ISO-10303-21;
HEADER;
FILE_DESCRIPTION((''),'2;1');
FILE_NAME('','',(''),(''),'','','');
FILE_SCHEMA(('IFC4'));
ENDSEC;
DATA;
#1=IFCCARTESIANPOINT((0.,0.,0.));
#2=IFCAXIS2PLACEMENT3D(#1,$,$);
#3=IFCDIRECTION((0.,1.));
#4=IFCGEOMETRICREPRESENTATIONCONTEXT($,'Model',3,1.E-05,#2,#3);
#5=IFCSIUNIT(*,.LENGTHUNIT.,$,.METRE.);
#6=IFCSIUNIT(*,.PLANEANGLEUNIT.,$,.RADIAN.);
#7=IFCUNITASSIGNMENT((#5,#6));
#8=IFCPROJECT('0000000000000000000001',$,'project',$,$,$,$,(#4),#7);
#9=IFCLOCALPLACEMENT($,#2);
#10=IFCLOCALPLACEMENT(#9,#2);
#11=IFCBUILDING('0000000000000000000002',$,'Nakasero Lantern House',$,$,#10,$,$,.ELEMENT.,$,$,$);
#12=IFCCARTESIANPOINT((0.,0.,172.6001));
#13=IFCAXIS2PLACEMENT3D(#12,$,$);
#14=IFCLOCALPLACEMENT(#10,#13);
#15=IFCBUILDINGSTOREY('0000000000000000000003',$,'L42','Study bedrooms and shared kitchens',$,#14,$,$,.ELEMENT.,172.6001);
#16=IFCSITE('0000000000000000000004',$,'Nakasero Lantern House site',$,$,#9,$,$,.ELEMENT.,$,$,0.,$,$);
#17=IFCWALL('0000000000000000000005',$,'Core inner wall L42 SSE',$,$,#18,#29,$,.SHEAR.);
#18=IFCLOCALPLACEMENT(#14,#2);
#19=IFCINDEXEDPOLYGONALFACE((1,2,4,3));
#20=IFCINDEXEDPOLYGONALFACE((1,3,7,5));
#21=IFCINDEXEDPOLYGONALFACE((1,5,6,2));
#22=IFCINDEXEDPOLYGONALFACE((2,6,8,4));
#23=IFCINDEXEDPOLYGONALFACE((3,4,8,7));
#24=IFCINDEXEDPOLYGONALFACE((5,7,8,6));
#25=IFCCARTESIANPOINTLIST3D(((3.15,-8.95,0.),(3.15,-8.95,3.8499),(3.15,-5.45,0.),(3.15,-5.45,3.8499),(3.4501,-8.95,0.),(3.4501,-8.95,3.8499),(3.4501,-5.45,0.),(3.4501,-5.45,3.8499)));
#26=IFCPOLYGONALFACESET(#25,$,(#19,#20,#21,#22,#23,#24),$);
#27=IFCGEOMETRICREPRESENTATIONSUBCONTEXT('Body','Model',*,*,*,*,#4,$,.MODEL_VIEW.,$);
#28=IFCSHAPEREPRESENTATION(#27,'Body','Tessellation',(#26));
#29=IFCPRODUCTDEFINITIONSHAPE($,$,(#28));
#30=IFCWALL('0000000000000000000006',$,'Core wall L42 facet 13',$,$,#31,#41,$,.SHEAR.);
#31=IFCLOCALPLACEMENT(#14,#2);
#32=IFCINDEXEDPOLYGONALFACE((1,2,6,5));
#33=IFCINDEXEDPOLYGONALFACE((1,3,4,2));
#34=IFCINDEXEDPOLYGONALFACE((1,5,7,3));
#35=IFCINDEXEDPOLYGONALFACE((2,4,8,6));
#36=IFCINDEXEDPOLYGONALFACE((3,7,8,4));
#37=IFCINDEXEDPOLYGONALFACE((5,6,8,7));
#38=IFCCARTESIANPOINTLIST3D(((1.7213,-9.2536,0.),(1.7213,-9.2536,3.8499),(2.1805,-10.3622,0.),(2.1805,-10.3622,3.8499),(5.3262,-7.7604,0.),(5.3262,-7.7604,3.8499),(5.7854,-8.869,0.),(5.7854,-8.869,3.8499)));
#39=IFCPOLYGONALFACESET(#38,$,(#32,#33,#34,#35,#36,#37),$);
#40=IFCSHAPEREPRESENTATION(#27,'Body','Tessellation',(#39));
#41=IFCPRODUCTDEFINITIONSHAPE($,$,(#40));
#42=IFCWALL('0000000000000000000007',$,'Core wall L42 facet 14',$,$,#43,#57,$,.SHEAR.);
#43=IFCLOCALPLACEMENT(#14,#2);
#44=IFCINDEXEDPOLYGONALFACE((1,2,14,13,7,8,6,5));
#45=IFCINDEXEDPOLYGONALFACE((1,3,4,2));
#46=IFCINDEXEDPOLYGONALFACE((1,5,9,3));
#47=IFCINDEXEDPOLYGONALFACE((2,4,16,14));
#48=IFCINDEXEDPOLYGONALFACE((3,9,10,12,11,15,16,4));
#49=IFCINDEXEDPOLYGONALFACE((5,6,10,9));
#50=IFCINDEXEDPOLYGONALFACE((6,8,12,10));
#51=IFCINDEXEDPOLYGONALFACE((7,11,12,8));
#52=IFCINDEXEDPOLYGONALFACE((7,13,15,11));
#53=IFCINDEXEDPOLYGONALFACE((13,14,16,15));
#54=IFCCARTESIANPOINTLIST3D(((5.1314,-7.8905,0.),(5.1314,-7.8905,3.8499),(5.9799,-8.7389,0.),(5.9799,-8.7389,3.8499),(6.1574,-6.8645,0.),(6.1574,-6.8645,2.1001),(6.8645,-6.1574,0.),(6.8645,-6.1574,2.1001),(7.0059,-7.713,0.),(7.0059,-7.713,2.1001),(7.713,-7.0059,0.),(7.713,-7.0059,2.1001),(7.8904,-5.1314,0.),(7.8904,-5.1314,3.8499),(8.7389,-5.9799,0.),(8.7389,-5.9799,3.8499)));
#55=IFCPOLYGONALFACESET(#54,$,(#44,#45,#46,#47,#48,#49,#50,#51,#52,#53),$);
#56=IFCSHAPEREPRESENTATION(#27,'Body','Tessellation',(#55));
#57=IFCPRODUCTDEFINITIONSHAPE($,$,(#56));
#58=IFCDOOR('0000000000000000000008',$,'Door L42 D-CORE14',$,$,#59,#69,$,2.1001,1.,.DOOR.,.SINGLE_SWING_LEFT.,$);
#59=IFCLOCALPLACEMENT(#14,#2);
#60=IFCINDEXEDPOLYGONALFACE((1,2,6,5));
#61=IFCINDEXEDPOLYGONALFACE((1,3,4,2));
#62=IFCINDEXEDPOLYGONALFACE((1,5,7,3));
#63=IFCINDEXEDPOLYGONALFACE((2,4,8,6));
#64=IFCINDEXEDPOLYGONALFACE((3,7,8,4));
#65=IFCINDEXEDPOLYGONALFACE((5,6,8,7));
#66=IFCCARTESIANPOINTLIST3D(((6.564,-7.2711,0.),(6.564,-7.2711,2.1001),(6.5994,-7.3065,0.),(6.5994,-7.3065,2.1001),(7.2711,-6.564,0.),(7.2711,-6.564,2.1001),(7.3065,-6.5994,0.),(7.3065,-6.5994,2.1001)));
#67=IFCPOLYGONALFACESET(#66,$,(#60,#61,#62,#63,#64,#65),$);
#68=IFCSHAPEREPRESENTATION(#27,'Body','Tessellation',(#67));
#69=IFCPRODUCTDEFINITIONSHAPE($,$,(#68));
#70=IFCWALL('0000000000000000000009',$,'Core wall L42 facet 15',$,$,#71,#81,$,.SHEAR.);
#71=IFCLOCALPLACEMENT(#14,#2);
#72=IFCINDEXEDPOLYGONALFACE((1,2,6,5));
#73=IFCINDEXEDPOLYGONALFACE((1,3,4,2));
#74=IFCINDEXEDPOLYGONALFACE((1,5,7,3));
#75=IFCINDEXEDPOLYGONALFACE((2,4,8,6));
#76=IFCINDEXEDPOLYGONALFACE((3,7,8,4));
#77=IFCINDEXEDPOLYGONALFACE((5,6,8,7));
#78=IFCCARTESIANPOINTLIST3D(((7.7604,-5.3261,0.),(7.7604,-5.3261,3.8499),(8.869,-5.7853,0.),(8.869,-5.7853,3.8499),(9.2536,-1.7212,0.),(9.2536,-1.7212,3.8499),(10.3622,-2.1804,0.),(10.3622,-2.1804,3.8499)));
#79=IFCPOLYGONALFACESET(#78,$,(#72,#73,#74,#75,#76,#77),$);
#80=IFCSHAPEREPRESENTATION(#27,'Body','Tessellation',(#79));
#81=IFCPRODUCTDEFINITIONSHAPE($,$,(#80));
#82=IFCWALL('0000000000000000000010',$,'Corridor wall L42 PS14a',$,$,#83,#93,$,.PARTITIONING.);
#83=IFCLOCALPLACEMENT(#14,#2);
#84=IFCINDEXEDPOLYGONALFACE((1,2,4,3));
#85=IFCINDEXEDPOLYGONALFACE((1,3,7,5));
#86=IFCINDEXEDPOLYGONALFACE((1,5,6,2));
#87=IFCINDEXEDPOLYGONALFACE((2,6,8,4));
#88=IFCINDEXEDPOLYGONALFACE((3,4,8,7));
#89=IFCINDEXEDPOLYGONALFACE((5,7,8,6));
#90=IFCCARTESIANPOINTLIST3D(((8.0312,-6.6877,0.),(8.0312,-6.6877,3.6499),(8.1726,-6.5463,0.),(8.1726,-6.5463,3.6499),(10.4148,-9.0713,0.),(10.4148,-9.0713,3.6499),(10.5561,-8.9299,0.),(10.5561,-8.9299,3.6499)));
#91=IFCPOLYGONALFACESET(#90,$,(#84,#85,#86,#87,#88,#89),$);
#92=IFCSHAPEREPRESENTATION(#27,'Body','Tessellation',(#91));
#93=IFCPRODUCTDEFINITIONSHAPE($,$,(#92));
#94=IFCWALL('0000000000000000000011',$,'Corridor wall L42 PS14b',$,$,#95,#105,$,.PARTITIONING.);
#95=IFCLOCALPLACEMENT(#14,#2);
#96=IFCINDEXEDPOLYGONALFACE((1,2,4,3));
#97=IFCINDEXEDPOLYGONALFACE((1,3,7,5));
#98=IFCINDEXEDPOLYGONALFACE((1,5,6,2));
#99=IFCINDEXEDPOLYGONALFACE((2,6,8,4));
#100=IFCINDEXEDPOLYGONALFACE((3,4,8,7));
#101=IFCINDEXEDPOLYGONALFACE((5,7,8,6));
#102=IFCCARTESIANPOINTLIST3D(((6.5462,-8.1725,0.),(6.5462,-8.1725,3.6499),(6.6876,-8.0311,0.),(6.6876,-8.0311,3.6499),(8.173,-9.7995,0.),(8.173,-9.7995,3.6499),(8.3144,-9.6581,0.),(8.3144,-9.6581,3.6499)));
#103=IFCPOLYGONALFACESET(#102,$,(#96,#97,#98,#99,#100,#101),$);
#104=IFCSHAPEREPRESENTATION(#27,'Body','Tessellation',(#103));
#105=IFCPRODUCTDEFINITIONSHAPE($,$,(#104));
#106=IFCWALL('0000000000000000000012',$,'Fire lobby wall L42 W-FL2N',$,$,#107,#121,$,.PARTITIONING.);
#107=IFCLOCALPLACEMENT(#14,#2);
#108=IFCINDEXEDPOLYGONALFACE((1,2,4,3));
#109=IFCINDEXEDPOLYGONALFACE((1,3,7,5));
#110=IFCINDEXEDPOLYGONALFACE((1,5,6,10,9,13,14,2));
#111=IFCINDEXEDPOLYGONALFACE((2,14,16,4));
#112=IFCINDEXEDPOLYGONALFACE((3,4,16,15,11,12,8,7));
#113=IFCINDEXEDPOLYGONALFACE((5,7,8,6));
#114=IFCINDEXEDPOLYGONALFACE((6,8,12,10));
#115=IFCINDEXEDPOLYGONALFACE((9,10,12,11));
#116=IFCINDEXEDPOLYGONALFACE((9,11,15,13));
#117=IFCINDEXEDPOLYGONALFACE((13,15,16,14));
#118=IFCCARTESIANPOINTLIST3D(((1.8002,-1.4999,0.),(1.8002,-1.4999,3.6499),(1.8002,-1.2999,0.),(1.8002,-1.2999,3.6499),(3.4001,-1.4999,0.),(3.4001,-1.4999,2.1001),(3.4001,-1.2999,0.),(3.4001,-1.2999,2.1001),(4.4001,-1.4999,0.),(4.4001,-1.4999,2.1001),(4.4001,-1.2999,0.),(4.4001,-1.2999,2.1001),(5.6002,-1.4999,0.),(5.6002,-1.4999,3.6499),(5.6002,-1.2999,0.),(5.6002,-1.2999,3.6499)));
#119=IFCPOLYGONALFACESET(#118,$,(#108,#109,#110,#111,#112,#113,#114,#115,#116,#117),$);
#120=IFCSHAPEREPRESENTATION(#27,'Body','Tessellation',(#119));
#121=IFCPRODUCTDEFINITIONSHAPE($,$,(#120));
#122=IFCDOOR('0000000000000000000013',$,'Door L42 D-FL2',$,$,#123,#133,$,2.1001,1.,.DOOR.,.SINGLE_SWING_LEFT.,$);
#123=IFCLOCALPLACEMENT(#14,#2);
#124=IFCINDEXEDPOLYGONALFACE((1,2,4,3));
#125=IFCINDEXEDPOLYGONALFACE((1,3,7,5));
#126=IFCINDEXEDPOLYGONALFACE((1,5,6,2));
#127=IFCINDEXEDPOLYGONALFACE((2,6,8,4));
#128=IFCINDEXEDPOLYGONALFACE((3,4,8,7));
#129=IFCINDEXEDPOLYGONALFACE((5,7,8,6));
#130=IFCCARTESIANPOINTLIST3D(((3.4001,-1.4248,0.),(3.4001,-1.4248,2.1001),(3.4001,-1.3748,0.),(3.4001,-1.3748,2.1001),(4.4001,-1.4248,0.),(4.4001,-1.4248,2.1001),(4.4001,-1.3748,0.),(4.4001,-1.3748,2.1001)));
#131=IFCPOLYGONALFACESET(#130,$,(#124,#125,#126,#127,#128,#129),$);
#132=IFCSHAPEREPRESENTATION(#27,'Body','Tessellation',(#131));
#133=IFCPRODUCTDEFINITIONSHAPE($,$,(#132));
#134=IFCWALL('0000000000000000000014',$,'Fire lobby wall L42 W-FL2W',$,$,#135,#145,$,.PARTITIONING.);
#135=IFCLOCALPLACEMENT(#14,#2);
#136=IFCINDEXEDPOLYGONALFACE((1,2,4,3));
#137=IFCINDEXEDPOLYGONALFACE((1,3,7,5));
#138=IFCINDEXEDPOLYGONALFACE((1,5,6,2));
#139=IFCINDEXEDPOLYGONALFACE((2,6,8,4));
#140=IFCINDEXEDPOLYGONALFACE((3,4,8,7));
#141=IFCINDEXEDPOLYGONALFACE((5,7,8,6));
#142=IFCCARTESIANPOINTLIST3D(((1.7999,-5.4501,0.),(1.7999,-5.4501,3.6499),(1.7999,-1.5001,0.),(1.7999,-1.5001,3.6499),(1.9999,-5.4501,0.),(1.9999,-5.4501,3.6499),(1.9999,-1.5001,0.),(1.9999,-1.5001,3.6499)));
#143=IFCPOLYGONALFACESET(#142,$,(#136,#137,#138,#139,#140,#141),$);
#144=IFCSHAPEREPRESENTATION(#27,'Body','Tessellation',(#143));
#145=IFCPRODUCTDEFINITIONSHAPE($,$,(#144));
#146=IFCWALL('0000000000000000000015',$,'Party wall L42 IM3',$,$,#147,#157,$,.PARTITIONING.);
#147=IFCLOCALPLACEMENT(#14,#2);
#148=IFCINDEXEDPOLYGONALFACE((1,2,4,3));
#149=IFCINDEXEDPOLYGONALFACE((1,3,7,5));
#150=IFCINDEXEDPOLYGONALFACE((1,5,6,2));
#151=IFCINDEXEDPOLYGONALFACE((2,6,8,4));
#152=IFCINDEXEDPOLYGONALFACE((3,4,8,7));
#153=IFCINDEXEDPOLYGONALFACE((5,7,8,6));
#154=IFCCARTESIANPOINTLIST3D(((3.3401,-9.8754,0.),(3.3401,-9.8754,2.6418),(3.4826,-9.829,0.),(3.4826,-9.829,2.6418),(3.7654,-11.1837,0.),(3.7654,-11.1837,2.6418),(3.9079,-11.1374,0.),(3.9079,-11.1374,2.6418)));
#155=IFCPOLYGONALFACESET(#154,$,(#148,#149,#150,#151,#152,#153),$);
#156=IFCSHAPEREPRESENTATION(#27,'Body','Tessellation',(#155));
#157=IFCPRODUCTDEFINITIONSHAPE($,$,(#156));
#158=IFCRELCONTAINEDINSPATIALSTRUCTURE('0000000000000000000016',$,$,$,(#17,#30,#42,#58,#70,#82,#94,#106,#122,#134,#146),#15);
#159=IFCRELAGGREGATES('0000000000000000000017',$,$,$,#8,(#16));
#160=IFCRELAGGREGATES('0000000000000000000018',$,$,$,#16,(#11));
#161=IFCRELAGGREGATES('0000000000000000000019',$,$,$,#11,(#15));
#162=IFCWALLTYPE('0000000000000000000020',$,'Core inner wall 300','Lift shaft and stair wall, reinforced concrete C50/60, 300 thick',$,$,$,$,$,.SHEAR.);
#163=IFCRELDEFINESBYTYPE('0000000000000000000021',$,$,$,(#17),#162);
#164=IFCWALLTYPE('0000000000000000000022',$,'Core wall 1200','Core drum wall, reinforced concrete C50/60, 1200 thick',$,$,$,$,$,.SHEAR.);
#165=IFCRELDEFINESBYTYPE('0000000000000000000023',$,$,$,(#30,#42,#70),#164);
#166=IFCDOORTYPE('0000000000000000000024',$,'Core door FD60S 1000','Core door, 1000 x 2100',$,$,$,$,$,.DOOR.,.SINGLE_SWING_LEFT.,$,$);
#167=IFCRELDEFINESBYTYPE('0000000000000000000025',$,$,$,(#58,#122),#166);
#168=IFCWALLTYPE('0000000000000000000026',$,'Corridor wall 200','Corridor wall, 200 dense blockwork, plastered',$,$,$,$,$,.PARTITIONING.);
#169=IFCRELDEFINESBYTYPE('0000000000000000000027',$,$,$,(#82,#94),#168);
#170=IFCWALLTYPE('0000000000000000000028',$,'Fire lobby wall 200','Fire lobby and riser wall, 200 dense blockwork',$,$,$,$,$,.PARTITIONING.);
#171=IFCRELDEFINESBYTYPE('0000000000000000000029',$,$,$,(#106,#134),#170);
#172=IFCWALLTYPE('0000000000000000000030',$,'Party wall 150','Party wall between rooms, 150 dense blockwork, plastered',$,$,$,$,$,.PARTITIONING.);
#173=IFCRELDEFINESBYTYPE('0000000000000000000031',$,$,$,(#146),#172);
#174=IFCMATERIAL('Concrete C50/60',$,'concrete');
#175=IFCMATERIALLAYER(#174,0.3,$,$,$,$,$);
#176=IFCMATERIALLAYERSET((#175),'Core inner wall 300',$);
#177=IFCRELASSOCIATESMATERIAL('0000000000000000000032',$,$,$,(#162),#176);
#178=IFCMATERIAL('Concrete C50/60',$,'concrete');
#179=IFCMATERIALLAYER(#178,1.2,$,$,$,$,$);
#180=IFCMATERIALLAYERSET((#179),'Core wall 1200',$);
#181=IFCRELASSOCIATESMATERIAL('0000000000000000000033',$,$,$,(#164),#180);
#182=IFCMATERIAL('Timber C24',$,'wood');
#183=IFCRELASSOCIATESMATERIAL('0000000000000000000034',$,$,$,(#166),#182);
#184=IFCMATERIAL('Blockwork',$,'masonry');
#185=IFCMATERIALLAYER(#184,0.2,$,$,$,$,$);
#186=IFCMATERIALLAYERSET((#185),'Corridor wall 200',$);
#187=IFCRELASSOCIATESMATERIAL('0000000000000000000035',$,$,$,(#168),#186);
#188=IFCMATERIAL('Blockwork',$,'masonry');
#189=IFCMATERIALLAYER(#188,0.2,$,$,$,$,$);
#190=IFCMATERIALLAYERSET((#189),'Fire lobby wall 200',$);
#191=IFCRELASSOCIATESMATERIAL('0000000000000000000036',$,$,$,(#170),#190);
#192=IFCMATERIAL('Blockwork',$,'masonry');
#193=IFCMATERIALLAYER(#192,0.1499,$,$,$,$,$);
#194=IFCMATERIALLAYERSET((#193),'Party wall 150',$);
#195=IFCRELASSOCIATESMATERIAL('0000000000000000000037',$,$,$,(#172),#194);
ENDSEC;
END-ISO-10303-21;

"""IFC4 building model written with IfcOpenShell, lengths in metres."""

from ifc_helpers import new_model, si_unit, direction, frame, frame_2d, origin, place, context, subcontext, project, spatial, rectangle, extrude, material, layer, layer_set, type_object, element, fill, save


model = new_model("IFC4")

# Units and contexts
model_context = context("Model", 3, precision=1e-05, world=origin(), true_north=direction((0.0, 1.0)))
body_context = subcontext(model_context, "Body", "Model", "MODEL_VIEW")
ifc_project = project(units=[si_unit("LENGTHUNIT", "METRE"), si_unit("PLANEANGLEUNIT", "RADIAN")], contexts=[model_context])

# Site, building, storey
site_placement = place(None, origin())
site = spatial("IfcSite", under=ifc_project, at=site_placement, Name="Nakasero Lantern House site", CompositionType="ELEMENT", RefElevation=0.0)
building_placement = place(site_placement, origin())
building = spatial("IfcBuilding", under=site, at=building_placement, Name="Nakasero Lantern House", CompositionType="ELEMENT")
storey_placement = place(building_placement, frame((0.0, 0.0, 172.6001)))
storey = spatial("IfcBuildingStorey", under=building, at=storey_placement, Name="L42", Description="Study bedrooms and shared kitchens", CompositionType="ELEMENT", Elevation=172.6001)

# Shared definitions
ifc_material_1 = material(Name="Concrete C50/60", Category="concrete")
ifc_layer_1 = layer(ifc_material_1, 0.3)
ifc_layer_set_1 = layer_set([ifc_layer_1], Name="Core inner wall 300")
wall_type_1 = type_object("IfcWallType", Name="Core inner wall 300", Description="Lift shaft and stair wall, reinforced concrete C50/60, 300 thick", PredefinedType="SHEAR", material=ifc_layer_set_1)

# Walls
wall_1_placement = place(storey_placement, frame((3.3, -5.45, 0.0), z_axis=(0.0, 0.0, 1.0), x_axis=(0.0, -1.0, 0.0)))
element("IfcWall", 1, at=wall_1_placement, inside=storey, type_object=wall_type_1, Name="Core inner wall L42 SSE", PredefinedType="SHEAR", context=body_context, shape_type="SweptSolid", body=[
    extrude(rectangle(XDim=3.5, YDim=0.3, at=frame_2d((1.75, 0.0))), origin(), (0.0, 0.0, 1.0), 3.8499),
])
ifc_material_2 = material(Name="Concrete C50/60", Category="concrete")
ifc_layer_2 = layer(ifc_material_2, 1.2)
ifc_layer_set_2 = layer_set([ifc_layer_2], Name="Core wall 1200")
wall_type_2 = type_object("IfcWallType", Name="Core wall 1200", Description="Core drum wall, reinforced concrete C50/60, 1200 thick", PredefinedType="SHEAR", material=ifc_layer_set_2)
wall_2_placement = place(storey_placement, frame((1.9509, -9.8079, 0.0), z_axis=(0.0, 0.0, 1.0), x_axis=(0.923877, 0.382691, 0.0)))
element("IfcWall", 2, at=wall_2_placement, inside=storey, type_object=wall_type_2, Name="Core wall L42 facet 13", PredefinedType="SHEAR", context=body_context, shape_type="SweptSolid", body=[
    extrude(rectangle(XDim=3.9019, YDim=1.2, at=frame_2d((1.9509, 0.0))), origin(), (0.0, 0.0, 1.0), 3.8499),
])

# Wall, opening, door
wall_3_placement = place(storey_placement, frame((5.5557, -8.3147, 0.0), z_axis=(0.0, 0.0, 1.0), x_axis=(0.707107, 0.707107, 0.0)))
wall_3 = element("IfcWall", 3, at=wall_3_placement, inside=storey, type_object=wall_type_2, Name="Core wall L42 facet 14", PredefinedType="SHEAR", context=body_context, shape_type="SweptSolid", body=[
    extrude(rectangle(XDim=3.9019, YDim=1.2, at=frame_2d((1.9509, 0.0))), origin(), (0.0, 0.0, 1.0), 3.8499),
])
opening_1_placement = place(wall_3_placement, frame((1.4509, 0.0, 0.0)))
opening_1 = element("IfcOpeningElement", 4, at=opening_1_placement, cuts=wall_3, PredefinedType="OPENING", context=body_context, shape_type="SweptSolid", body=[
    extrude(rectangle(XDim=1.0, YDim=2.1001, at=frame_2d((0.5, 1.05))), frame((0.0, 0.6199, 0.0), z_axis=(0.0, -1.0, 0.0), x_axis=(1.0, 0.0, 0.0)), (0.0, 0.0, 1.0), 1.24),
])
ifc_material_3 = material(Name="Timber C24", Category="wood")
door_type_1 = type_object("IfcDoorType", Name="Core door FD60S 1000", Description="Core door, 1000 x 2100", OperationType="SINGLE_SWING_LEFT", PredefinedType="DOOR", material=ifc_material_3)
door_1_placement = place(opening_1_placement, origin())
door_1 = element("IfcDoor", 5, at=door_1_placement, inside=storey, type_object=door_type_1, Name="Door L42 D-CORE14", OperationType="SINGLE_SWING_LEFT", OverallHeight=2.1001, OverallWidth=1.0, PredefinedType="DOOR", context=body_context, shape_type="SweptSolid", body=[
    extrude(rectangle(XDim=1.0, YDim=2.1001, at=frame_2d((0.5, 1.05))), frame((0.0, 0.0249, 0.0), z_axis=(0.0, -1.0, 0.0), x_axis=(1.0, 0.0, 0.0)), (0.0, 0.0, 1.0), 0.05),
])
fill(opening_1, door_1)

# Walls
wall_4_placement = place(storey_placement, frame((8.3147, -5.5557, 0.0), z_axis=(0.0, 0.0, 1.0), x_axis=(0.382691, 0.923877, 0.0)))
element("IfcWall", 6, at=wall_4_placement, inside=storey, type_object=wall_type_2, Name="Core wall L42 facet 15", PredefinedType="SHEAR", context=body_context, shape_type="SweptSolid", body=[
    extrude(rectangle(XDim=3.9019, YDim=1.2, at=frame_2d((1.9509, 0.0))), origin(), (0.0, 0.0, 1.0), 3.8499),
])
ifc_material_4 = material(Name="Blockwork", Category="masonry")
ifc_layer_3 = layer(ifc_material_4, 0.2)
ifc_layer_set_3 = layer_set([ifc_layer_3], Name="Corridor wall 200")
wall_type_3 = type_object("IfcWallType", Name="Corridor wall 200", Description="Corridor wall, 200 dense blockwork, plastered", PredefinedType="PARTITIONING", material=ifc_layer_set_3)
wall_5_placement = place(storey_placement, frame((8.1018, -6.6169, 0.0), z_axis=(0.0, 0.0, 1.0), x_axis=(0.707107, -0.707107, 0.0)))
element("IfcWall", 7, at=wall_5_placement, inside=storey, type_object=wall_type_3, Name="Corridor wall L42 PS14a", PredefinedType="PARTITIONING", context=body_context, shape_type="SweptSolid", body=[
    extrude(rectangle(XDim=3.3708, YDim=0.2, at=frame_2d((1.6855, 0.0))), origin(), (0.0, 0.0, 1.0), 3.6499),
])
wall_6_placement = place(storey_placement, frame((6.6169, -8.1018, 0.0), z_axis=(0.0, 0.0, 1.0), x_axis=(0.707054, -0.70716, 0.0)))
element("IfcWall", 8, at=wall_6_placement, inside=storey, type_object=wall_type_3, Name="Corridor wall L42 PS14b", PredefinedType="PARTITIONING", context=body_context, shape_type="SweptSolid", body=[
    extrude(rectangle(XDim=2.3008, YDim=0.2, at=frame_2d((1.1504, 0.0))), origin(), (0.0, 0.0, 1.0), 3.6499),
])

# Wall, opening, door
ifc_material_5 = material(Name="Blockwork", Category="masonry")
ifc_layer_4 = layer(ifc_material_5, 0.2)
ifc_layer_set_4 = layer_set([ifc_layer_4], Name="Fire lobby wall 200")
wall_type_4 = type_object("IfcWallType", Name="Fire lobby wall 200", Description="Fire lobby and riser wall, 200 dense blockwork", PredefinedType="PARTITIONING", material=ifc_layer_set_4)
wall_7_placement = place(storey_placement, frame((5.6001, -1.3999, 0.0), z_axis=(0.0, 0.0, 1.0), x_axis=(-1.0, 0.0, 0.0)))
wall_7 = element("IfcWall", 9, at=wall_7_placement, inside=storey, type_object=wall_type_4, Name="Fire lobby wall L42 W-FL2N", PredefinedType="PARTITIONING", context=body_context, shape_type="SweptSolid", body=[
    extrude(rectangle(XDim=3.8, YDim=0.2, at=frame_2d((1.8999, 0.0))), origin(), (0.0, 0.0, 1.0), 3.6499),
])
opening_2_placement = place(wall_7_placement, frame((1.2, 0.0, 0.0)))
opening_2 = element("IfcOpeningElement", 10, at=opening_2_placement, cuts=wall_7, PredefinedType="OPENING", context=body_context, shape_type="SweptSolid", body=[
    extrude(rectangle(XDim=1.0, YDim=2.1001, at=frame_2d((0.5, 1.05))), frame((0.0, 0.1199, 0.0), z_axis=(0.0, -1.0, 0.0), x_axis=(1.0, 0.0, 0.0)), (0.0, 0.0, 1.0), 0.24),
])
door_2_placement = place(opening_2_placement, origin())
door_2 = element("IfcDoor", 11, at=door_2_placement, inside=storey, type_object=door_type_1, Name="Door L42 D-FL2", OperationType="SINGLE_SWING_LEFT", OverallHeight=2.1001, OverallWidth=1.0, PredefinedType="DOOR", context=body_context, shape_type="SweptSolid", body=[
    extrude(rectangle(XDim=1.0, YDim=2.1001, at=frame_2d((0.5, 1.05))), frame((0.0, 0.0249, 0.0), z_axis=(0.0, -1.0, 0.0), x_axis=(1.0, 0.0, 0.0)), (0.0, 0.0, 1.0), 0.05),
])
fill(opening_2, door_2)

# Walls
wall_8_placement = place(storey_placement, frame((1.8999, -1.5, 0.0), z_axis=(0.0, 0.0, 1.0), x_axis=(0.0, -1.0, 0.0)))
element("IfcWall", 12, at=wall_8_placement, inside=storey, type_object=wall_type_4, Name="Fire lobby wall L42 W-FL2W", PredefinedType="PARTITIONING", context=body_context, shape_type="SweptSolid", body=[
    extrude(rectangle(XDim=3.95, YDim=0.2, at=frame_2d((1.9751, 0.0))), origin(), (0.0, 0.0, 1.0), 3.6499),
])
ifc_material_6 = material(Name="Blockwork", Category="masonry")
ifc_layer_5 = layer(ifc_material_6, 0.1499)
ifc_layer_set_5 = layer_set([ifc_layer_5], Name="Party wall 150")
wall_type_5 = type_object("IfcWallType", Name="Party wall 150", Description="Party wall between rooms, 150 dense blockwork, plastered", PredefinedType="PARTITIONING", material=ifc_layer_set_5)
wall_9_placement = place(storey_placement, frame((3.8367, -11.1606, 0.0), z_axis=(0.0, 0.0, 1.0), x_axis=(-0.309138, 0.951017, 0.0)))
element("IfcWall", 13, at=wall_9_placement, inside=storey, type_object=wall_type_5, Name="Party wall L42 IM3", PredefinedType="PARTITIONING", context=body_context, shape_type="SweptSolid", body=[
    extrude(rectangle(XDim=1.3757, YDim=0.1499, at=frame_2d((0.688, 0.0))), origin(), (0.0, 0.0, 1.0), 2.6418),
])

save(model, "model.ifc")
